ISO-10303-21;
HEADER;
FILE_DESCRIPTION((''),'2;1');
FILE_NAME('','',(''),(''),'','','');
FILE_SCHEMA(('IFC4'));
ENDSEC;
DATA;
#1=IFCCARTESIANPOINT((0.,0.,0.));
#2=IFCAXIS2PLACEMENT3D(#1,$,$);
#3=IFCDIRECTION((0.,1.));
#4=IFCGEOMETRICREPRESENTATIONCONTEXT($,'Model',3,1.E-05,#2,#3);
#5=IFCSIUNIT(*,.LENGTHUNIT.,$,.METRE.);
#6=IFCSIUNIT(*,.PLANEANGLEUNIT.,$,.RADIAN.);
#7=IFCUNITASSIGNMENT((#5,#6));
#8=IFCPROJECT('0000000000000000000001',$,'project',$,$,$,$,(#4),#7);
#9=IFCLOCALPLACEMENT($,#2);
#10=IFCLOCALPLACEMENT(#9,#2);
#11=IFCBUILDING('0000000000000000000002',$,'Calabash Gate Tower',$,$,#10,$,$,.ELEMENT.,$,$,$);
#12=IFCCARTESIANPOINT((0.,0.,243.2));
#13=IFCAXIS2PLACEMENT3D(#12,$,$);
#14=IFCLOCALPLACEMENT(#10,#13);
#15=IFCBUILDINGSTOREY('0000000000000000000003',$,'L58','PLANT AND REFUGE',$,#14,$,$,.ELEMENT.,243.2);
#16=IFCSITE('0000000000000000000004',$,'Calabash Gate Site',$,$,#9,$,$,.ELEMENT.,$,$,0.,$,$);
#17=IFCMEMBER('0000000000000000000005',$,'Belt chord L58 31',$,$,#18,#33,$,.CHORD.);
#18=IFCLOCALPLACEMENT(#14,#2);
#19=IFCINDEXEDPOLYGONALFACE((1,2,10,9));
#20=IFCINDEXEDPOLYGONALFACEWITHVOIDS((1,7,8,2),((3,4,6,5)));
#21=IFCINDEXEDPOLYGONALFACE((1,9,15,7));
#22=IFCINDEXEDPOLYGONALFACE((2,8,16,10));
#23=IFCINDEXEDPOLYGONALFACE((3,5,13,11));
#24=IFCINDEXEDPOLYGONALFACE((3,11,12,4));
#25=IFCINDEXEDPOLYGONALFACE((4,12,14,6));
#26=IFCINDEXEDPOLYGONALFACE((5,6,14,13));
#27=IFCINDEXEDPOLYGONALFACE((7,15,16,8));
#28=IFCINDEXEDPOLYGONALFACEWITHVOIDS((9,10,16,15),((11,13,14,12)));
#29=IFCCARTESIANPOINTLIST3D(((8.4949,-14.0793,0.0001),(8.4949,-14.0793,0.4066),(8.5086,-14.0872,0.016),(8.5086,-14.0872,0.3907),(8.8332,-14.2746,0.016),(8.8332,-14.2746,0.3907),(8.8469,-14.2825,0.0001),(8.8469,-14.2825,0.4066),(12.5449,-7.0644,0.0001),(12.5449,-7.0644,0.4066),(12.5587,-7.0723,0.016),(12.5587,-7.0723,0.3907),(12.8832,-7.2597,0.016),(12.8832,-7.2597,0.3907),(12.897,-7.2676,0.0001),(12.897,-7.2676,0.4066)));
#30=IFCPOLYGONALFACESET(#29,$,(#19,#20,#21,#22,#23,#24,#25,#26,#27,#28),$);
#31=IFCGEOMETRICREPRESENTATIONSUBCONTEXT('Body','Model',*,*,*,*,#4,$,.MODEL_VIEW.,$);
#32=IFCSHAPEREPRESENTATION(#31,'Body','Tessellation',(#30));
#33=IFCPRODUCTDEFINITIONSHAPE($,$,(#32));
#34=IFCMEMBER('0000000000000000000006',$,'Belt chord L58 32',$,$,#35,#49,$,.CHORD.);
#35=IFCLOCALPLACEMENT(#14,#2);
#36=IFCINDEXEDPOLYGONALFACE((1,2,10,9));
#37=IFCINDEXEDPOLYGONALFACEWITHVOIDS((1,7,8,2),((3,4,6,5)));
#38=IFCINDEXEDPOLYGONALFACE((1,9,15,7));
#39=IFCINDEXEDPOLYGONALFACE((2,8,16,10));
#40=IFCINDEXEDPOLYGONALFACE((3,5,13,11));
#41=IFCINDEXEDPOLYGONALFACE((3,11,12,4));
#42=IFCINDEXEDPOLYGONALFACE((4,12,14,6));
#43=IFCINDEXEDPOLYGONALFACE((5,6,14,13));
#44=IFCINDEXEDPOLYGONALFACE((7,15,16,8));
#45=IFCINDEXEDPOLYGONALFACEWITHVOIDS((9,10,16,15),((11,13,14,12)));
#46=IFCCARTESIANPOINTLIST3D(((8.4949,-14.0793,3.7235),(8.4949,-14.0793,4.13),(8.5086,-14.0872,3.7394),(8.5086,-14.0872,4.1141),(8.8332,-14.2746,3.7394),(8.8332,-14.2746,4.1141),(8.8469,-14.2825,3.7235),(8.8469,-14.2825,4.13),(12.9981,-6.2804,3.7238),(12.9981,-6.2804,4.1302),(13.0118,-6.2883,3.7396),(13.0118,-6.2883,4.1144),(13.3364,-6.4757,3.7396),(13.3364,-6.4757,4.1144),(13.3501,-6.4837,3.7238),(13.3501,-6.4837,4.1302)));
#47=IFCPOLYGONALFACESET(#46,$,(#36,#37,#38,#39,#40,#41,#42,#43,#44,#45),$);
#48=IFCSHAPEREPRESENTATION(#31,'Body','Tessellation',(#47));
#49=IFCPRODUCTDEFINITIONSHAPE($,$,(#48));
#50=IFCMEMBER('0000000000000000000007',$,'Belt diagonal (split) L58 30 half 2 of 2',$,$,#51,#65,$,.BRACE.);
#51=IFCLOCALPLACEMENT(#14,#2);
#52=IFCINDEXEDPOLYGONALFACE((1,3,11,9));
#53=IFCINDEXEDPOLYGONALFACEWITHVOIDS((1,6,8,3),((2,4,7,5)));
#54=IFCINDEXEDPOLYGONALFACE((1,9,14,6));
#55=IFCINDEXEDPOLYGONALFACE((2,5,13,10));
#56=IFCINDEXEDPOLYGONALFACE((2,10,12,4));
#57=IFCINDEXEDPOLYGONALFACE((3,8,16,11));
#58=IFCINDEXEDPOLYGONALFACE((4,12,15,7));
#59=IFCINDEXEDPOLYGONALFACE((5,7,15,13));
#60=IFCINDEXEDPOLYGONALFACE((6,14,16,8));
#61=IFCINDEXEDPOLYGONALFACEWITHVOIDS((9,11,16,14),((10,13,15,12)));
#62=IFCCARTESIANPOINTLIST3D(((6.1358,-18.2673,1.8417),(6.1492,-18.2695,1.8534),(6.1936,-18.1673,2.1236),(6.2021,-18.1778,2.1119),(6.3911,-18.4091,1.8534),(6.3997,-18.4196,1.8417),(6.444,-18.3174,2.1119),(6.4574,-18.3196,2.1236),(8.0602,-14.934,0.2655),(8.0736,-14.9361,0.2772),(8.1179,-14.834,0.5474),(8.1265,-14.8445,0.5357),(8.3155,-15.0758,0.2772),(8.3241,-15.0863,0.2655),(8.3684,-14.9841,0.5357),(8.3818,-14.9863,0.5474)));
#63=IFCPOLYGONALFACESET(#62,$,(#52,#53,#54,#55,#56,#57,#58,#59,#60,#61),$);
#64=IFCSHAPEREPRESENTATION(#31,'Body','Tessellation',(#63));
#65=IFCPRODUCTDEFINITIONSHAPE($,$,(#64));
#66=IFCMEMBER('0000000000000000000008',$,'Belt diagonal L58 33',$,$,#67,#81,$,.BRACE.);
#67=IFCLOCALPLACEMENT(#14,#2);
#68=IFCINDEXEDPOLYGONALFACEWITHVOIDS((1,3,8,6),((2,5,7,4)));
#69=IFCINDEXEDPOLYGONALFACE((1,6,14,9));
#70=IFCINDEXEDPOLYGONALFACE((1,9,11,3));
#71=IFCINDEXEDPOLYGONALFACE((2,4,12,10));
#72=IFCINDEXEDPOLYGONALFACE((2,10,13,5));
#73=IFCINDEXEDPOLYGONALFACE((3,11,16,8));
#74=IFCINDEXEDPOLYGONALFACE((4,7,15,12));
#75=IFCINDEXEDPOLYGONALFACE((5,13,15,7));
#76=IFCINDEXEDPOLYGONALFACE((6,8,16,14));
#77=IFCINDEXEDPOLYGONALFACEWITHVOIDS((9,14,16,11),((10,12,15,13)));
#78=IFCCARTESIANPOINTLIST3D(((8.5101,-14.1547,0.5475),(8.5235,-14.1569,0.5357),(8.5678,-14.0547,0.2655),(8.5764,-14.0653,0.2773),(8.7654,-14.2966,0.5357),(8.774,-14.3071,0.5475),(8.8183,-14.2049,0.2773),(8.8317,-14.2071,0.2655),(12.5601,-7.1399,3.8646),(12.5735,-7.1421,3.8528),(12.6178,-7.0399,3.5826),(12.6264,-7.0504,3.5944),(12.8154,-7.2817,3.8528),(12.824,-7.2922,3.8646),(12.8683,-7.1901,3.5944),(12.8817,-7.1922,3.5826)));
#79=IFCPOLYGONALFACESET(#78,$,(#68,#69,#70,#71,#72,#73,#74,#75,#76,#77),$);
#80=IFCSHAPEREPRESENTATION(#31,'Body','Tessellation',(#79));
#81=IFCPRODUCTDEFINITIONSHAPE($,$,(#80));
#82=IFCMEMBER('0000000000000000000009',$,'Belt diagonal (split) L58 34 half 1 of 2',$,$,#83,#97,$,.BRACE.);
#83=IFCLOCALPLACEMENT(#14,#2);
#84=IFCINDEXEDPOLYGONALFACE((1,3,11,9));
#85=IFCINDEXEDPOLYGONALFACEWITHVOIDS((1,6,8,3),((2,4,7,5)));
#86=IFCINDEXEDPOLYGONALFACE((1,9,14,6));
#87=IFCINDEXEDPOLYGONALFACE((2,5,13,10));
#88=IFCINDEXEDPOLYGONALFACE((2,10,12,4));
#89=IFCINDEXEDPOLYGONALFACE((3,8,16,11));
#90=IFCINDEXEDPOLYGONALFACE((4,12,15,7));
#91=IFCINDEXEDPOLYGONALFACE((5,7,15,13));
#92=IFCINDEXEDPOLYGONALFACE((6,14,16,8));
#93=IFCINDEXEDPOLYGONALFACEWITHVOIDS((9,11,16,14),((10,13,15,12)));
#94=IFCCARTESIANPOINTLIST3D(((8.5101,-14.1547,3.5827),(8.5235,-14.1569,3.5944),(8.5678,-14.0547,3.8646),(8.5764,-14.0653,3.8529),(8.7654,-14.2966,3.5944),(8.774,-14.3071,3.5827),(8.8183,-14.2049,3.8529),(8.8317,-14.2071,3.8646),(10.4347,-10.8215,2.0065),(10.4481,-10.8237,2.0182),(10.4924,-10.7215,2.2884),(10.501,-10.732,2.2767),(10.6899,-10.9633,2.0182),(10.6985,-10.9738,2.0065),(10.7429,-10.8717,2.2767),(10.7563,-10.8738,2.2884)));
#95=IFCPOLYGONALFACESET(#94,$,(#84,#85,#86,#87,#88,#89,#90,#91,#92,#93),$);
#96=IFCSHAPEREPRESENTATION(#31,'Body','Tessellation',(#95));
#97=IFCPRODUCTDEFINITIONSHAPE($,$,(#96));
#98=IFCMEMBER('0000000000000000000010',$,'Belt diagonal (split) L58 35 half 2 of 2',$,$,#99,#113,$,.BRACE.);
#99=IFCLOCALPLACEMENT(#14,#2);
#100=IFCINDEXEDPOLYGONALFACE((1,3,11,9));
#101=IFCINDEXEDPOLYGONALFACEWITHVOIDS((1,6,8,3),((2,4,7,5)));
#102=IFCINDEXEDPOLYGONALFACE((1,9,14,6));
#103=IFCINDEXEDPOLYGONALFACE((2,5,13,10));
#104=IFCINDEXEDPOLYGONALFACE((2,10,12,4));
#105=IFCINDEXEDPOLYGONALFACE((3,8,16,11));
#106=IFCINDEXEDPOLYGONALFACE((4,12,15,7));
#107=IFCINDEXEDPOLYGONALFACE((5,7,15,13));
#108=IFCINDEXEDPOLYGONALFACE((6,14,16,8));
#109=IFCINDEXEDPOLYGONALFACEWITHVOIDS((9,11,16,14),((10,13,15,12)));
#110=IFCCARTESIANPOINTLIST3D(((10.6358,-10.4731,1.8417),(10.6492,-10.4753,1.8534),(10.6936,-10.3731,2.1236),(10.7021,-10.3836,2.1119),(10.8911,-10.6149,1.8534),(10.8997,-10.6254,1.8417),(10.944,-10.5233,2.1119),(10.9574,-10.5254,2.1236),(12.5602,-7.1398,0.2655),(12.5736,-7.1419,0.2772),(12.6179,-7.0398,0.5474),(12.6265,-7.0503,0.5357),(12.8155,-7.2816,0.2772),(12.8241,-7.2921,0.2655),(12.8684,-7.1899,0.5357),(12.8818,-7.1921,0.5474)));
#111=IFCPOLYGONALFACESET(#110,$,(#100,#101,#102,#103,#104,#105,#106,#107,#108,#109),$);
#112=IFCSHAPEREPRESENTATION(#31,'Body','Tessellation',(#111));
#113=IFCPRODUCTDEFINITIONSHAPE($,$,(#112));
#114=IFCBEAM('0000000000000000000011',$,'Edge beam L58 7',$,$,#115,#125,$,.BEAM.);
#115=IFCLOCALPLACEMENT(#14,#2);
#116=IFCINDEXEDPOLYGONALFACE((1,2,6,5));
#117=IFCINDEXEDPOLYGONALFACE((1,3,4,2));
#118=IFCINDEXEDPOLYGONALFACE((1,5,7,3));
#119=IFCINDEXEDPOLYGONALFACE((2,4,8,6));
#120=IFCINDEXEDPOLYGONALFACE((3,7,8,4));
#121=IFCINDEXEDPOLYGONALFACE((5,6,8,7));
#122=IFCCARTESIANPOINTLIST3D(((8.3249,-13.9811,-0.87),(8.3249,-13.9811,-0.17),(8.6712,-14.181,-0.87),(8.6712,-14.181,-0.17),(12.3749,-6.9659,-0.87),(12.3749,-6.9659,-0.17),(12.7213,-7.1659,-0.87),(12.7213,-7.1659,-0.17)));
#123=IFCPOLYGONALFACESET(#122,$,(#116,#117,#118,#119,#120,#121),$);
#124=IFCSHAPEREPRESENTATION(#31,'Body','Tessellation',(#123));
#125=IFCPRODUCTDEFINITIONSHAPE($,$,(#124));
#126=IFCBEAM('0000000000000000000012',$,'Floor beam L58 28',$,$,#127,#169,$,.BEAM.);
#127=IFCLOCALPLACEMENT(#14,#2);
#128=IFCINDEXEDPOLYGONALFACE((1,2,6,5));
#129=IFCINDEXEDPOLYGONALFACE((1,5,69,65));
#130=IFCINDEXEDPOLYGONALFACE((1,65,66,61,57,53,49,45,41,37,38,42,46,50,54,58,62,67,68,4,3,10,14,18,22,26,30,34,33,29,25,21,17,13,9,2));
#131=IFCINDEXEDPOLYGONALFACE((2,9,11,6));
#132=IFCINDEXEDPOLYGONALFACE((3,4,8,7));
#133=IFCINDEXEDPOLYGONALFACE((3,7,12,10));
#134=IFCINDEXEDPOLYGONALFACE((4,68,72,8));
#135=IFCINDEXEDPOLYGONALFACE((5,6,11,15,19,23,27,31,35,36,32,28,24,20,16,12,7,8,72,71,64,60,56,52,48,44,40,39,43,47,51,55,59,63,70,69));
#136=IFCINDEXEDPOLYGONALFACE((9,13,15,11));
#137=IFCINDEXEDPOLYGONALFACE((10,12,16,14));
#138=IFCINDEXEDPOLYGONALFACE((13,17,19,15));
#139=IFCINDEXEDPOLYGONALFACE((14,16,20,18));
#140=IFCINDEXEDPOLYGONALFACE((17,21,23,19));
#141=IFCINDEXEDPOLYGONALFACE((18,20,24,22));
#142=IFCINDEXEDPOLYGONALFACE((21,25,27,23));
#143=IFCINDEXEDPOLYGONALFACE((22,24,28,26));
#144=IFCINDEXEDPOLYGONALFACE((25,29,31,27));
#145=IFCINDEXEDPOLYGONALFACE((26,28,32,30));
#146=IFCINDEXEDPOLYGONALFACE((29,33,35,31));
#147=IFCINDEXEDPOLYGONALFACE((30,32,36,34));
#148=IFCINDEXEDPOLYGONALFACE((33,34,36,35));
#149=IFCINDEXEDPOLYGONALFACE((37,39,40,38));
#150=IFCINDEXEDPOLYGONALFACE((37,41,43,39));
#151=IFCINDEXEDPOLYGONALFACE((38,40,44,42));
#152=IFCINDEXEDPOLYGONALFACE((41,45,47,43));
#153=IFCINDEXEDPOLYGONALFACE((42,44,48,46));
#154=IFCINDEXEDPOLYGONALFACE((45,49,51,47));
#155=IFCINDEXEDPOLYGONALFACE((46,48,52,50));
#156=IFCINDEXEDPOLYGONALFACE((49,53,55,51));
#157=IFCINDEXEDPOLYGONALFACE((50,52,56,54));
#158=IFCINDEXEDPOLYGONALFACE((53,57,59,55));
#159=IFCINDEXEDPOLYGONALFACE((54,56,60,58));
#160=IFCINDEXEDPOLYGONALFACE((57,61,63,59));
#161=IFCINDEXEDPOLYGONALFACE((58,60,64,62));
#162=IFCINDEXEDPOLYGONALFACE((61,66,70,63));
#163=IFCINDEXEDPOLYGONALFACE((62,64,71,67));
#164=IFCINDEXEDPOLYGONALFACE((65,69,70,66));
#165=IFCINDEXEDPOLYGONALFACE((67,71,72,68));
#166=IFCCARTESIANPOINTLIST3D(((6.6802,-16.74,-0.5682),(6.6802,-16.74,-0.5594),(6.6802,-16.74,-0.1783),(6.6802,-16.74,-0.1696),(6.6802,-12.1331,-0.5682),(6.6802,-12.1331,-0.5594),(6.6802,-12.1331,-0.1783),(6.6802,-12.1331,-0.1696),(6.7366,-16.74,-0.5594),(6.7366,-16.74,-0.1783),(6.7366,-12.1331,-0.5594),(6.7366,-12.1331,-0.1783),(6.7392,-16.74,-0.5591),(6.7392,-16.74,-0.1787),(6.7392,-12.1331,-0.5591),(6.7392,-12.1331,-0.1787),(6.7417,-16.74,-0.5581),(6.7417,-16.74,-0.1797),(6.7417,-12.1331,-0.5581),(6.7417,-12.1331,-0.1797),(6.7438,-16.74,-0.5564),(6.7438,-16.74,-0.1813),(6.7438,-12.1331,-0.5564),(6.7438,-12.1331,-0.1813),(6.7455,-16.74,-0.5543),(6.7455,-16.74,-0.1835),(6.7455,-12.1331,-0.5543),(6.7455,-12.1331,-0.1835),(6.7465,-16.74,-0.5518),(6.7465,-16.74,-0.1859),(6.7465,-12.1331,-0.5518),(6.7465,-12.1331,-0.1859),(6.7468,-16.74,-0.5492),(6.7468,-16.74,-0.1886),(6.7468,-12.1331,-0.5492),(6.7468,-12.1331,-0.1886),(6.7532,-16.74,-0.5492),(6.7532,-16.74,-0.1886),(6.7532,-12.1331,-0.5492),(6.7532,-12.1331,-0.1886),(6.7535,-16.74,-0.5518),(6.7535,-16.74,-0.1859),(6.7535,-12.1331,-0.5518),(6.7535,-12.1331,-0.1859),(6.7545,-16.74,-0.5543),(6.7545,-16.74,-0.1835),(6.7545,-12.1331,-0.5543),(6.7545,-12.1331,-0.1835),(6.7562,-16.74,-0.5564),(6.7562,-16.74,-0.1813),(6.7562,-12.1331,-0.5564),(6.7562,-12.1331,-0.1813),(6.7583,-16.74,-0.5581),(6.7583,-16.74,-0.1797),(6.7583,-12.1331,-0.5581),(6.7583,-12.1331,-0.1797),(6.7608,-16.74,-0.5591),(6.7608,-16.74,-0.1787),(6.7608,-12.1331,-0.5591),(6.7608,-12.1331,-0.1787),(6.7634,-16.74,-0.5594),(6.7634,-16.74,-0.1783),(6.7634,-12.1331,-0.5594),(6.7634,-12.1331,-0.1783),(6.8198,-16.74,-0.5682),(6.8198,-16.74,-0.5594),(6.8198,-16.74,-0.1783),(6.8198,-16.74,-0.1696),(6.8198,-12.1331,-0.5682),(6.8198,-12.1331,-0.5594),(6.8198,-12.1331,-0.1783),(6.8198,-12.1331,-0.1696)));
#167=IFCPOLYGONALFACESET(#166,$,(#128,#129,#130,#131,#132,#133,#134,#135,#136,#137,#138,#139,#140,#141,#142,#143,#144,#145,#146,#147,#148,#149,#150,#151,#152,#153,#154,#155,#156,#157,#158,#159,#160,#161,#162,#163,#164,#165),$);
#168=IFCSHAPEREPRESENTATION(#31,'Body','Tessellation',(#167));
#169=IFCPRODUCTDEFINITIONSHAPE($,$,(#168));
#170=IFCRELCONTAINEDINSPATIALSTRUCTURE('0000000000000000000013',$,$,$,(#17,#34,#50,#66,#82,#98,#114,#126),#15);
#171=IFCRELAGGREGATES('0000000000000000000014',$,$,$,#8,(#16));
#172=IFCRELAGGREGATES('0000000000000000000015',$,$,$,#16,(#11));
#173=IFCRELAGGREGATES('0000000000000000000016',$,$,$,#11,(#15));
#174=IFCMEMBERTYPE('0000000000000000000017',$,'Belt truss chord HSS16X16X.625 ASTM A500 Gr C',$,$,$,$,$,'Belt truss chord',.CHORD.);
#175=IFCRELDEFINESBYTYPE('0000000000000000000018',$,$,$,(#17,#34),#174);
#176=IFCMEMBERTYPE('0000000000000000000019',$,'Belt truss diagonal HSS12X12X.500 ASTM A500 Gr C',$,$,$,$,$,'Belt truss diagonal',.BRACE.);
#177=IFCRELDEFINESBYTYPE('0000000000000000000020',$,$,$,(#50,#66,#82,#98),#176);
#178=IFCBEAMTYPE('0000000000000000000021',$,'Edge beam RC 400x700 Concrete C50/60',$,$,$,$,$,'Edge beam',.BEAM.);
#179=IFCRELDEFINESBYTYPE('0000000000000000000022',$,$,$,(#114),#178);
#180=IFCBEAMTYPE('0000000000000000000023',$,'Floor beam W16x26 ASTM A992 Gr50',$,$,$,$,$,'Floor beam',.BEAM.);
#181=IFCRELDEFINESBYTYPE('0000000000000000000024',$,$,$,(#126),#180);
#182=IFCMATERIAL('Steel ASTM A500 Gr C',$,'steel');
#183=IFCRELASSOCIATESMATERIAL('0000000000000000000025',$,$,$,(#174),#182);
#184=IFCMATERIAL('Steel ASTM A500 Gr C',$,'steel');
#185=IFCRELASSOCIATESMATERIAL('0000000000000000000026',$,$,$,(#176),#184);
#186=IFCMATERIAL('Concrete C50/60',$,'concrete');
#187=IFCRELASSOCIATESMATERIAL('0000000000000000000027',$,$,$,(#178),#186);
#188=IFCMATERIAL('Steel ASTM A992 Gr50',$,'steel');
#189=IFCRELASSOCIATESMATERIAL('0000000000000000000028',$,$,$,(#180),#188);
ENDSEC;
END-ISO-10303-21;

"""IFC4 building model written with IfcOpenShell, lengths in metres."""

from ifc_helpers import new_model, si_unit, direction, frame, origin, origin_2d, place, context, subcontext, project, spatial, rectangle, hollow_rectangle, i_section, extrude, material, material_profile, profile_set, type_object, element, save


model = new_model("IFC4")

# Units and contexts
model_context = context("Model", 3, precision=1e-05, world=origin(), true_north=direction((0.0, 1.0)))
body_context = subcontext(model_context, "Body", "Model", "MODEL_VIEW")
ifc_project = project(units=[si_unit("LENGTHUNIT", "METRE"), si_unit("PLANEANGLEUNIT", "RADIAN")], contexts=[model_context])

# Site, building, storey
site_placement = place(None, origin())
site = spatial("IfcSite", under=ifc_project, at=site_placement, Name="Calabash Gate Site", CompositionType="ELEMENT", RefElevation=0.0)
building_placement = place(site_placement, origin())
building = spatial("IfcBuilding", under=site, at=building_placement, Name="Calabash Gate Tower", CompositionType="ELEMENT")
storey_placement = place(building_placement, frame((0.0, 0.0, 243.2)))
storey = spatial("IfcBuildingStorey", under=building, at=storey_placement, Name="L58", Description="PLANT AND REFUGE", CompositionType="ELEMENT", Elevation=243.2)

# Members
ifc_material_1 = material(Name="Steel ASTM A500 Gr C", Category="steel")
ifc_material_profile_1 = material_profile(ifc_material_1, hollow_rectangle(XDim=0.4065, YDim=0.4065, WallThickness=0.0159, at=origin_2d()))
ifc_profile_set_1 = profile_set([ifc_material_profile_1], Name="Steel ASTM A500 Gr C")
member_type_1 = type_object("IfcMemberType", Name="Belt truss chord HSS16X16X.625 ASTM A500 Gr C", ElementType="Belt truss chord", PredefinedType="CHORD", material=ifc_profile_set_1)
member_1_placement = place(storey_placement, frame((8.6709, -14.1809, 0.2034), z_axis=(0.5, 0.866025, 0.0), x_axis=(-0.866025, 0.5, 0.0)))
element("IfcMember", 1, at=member_1_placement, inside=storey, type_object=member_type_1, Name="Belt chord L58 31", PredefinedType="CHORD", context=body_context, shape_type="SweptSolid", body=[
    extrude(hollow_rectangle(XDim=0.4065, YDim=0.4065, WallThickness=0.0159, at=origin_2d()), origin(), (0.0, 0.0, 1.0), 8.1001),
])
member_2_placement = place(storey_placement, frame((8.6709, -14.1809, 3.9268), z_axis=(0.500043, 0.866, 0.000027), x_axis=(-0.866, 0.500043, 0.0)))
element("IfcMember", 2, at=member_2_placement, inside=storey, type_object=member_type_1, Name="Belt chord L58 32", PredefinedType="CHORD", context=body_context, shape_type="SweptSolid", body=[
    extrude(hollow_rectangle(XDim=0.4065, YDim=0.4065, WallThickness=0.0159, at=origin_2d()), origin(), (0.0, 0.0, 1.0), 9.0056),
])
ifc_material_2 = material(Name="Steel ASTM A500 Gr C", Category="steel")
ifc_material_profile_2 = material_profile(ifc_material_2, hollow_rectangle(XDim=0.3047, YDim=0.3047, WallThickness=0.0127, at=origin_2d()))
ifc_profile_set_2 = profile_set([ifc_material_profile_2], Name="Steel ASTM A500 Gr C")
member_type_2 = type_object("IfcMemberType", Name="Belt truss diagonal HSS12X12X.500 ASTM A500 Gr C", ElementType="Belt truss diagonal", PredefinedType="BRACE", material=ifc_profile_set_2)
member_3_placement = place(storey_placement, frame((6.2966, -18.2935, 1.9827), z_axis=(0.462679, 0.801441, -0.378972), x_axis=(-0.866041, 0.499973, 0.0)))
element("IfcMember", 3, at=member_3_placement, inside=storey, type_object=member_type_2, Name="Belt diagonal (split) L58 30 half 2 of 2", PredefinedType="BRACE", context=body_context, shape_type="SweptSolid", body=[
    extrude(hollow_rectangle(XDim=0.3047, YDim=0.3047, WallThickness=0.0127, at=origin_2d()), origin(), (0.0, 0.0, 1.0), 4.1592),
])
member_4_placement = place(storey_placement, frame((8.6709, -14.1809, 0.4065), z_axis=(0.462704, 0.801427, 0.378972), x_axis=(-0.866025, 0.5, 0.0)))
element("IfcMember", 4, at=member_4_placement, inside=storey, type_object=member_type_2, Name="Belt diagonal L58 33", PredefinedType="BRACE", context=body_context, shape_type="SweptSolid", body=[
    extrude(hollow_rectangle(XDim=0.3047, YDim=0.3047, WallThickness=0.0127, at=origin_2d()), origin(), (0.0, 0.0, 1.0), 8.7529),
])
for number, where, z_axis, x_axis, name in (
    (5, (8.6709, -14.1809, 3.7236), (0.462725, 0.80142, -0.378962), (-0.866013, 0.500021, 0.0), "Belt diagonal (split) L58 34 half 1 of 2"),
    (6, (10.7966, -10.4993, 1.9827), (0.462679, 0.801441, -0.378972), (-0.866041, 0.499973, 0.0), "Belt diagonal (split) L58 35 half 2 of 2"),
):
    element("IfcMember", number, at=place(storey_placement, frame(where, z_axis=z_axis, x_axis=x_axis)), inside=storey, type_object=member_type_2, Name=name, PredefinedType="BRACE", context=body_context, shape_type="SweptSolid", body=[
        extrude(hollow_rectangle(XDim=0.3047, YDim=0.3047, WallThickness=0.0127, at=origin_2d()), origin(), (0.0, 0.0, 1.0), 4.1592),
    ])

# Beams
ifc_material_3 = material(Name="Concrete C50/60", Category="concrete")
ifc_material_profile_3 = material_profile(ifc_material_3, rectangle(XDim=0.3999, YDim=0.7, at=origin_2d()))
ifc_profile_set_3 = profile_set([ifc_material_profile_3], Name="Concrete C50/60")
beam_type_1 = type_object("IfcBeamType", Name="Edge beam RC 400x700 Concrete C50/60", ElementType="Edge beam", PredefinedType="BEAM", material=ifc_profile_set_3)
beam_1_placement = place(storey_placement, frame((8.498, -14.0811, -0.52), z_axis=(0.499987, 0.866033, 0.0), x_axis=(-0.866033, 0.499987, 0.0)))
element("IfcBeam", 7, at=beam_1_placement, inside=storey, type_object=beam_type_1, Name="Edge beam L58 7", PredefinedType="BEAM", context=body_context, shape_type="SweptSolid", body=[
    extrude(rectangle(XDim=0.3999, YDim=0.7, at=origin_2d()), origin(), (0.0, 0.0, 1.0), 8.1003),
])
ifc_material_4 = material(Name="Steel ASTM A992 Gr50", Category="steel")
ifc_material_profile_4 = material_profile(ifc_material_4, i_section(OverallWidth=0.1396, OverallDepth=0.3987, WebThickness=0.0063, FlangeThickness=0.0088, FilletRadius=0.0103, at=origin_2d()))
ifc_profile_set_4 = profile_set([ifc_material_profile_4], Name="Steel ASTM A992 Gr50")
beam_type_2 = type_object("IfcBeamType", Name="Floor beam W16x26 ASTM A992 Gr50", ElementType="Floor beam", PredefinedType="BEAM", material=ifc_profile_set_4)
beam_2_placement = place(storey_placement, frame((6.75, -16.74, -0.3689), z_axis=(0.0, 1.0, 0.0), x_axis=(-1.0, 0.0, 0.0)))
element("IfcBeam", 8, at=beam_2_placement, inside=storey, type_object=beam_type_2, Name="Floor beam L58 28", PredefinedType="BEAM", context=body_context, shape_type="SweptSolid", body=[
    extrude(i_section(OverallWidth=0.1396, OverallDepth=0.3987, WebThickness=0.0063, FlangeThickness=0.0088, FilletRadius=0.0103, at=origin_2d()), origin(), (0.0, 0.0, 1.0), 4.6069),
])

save(model, "model.ifc")
